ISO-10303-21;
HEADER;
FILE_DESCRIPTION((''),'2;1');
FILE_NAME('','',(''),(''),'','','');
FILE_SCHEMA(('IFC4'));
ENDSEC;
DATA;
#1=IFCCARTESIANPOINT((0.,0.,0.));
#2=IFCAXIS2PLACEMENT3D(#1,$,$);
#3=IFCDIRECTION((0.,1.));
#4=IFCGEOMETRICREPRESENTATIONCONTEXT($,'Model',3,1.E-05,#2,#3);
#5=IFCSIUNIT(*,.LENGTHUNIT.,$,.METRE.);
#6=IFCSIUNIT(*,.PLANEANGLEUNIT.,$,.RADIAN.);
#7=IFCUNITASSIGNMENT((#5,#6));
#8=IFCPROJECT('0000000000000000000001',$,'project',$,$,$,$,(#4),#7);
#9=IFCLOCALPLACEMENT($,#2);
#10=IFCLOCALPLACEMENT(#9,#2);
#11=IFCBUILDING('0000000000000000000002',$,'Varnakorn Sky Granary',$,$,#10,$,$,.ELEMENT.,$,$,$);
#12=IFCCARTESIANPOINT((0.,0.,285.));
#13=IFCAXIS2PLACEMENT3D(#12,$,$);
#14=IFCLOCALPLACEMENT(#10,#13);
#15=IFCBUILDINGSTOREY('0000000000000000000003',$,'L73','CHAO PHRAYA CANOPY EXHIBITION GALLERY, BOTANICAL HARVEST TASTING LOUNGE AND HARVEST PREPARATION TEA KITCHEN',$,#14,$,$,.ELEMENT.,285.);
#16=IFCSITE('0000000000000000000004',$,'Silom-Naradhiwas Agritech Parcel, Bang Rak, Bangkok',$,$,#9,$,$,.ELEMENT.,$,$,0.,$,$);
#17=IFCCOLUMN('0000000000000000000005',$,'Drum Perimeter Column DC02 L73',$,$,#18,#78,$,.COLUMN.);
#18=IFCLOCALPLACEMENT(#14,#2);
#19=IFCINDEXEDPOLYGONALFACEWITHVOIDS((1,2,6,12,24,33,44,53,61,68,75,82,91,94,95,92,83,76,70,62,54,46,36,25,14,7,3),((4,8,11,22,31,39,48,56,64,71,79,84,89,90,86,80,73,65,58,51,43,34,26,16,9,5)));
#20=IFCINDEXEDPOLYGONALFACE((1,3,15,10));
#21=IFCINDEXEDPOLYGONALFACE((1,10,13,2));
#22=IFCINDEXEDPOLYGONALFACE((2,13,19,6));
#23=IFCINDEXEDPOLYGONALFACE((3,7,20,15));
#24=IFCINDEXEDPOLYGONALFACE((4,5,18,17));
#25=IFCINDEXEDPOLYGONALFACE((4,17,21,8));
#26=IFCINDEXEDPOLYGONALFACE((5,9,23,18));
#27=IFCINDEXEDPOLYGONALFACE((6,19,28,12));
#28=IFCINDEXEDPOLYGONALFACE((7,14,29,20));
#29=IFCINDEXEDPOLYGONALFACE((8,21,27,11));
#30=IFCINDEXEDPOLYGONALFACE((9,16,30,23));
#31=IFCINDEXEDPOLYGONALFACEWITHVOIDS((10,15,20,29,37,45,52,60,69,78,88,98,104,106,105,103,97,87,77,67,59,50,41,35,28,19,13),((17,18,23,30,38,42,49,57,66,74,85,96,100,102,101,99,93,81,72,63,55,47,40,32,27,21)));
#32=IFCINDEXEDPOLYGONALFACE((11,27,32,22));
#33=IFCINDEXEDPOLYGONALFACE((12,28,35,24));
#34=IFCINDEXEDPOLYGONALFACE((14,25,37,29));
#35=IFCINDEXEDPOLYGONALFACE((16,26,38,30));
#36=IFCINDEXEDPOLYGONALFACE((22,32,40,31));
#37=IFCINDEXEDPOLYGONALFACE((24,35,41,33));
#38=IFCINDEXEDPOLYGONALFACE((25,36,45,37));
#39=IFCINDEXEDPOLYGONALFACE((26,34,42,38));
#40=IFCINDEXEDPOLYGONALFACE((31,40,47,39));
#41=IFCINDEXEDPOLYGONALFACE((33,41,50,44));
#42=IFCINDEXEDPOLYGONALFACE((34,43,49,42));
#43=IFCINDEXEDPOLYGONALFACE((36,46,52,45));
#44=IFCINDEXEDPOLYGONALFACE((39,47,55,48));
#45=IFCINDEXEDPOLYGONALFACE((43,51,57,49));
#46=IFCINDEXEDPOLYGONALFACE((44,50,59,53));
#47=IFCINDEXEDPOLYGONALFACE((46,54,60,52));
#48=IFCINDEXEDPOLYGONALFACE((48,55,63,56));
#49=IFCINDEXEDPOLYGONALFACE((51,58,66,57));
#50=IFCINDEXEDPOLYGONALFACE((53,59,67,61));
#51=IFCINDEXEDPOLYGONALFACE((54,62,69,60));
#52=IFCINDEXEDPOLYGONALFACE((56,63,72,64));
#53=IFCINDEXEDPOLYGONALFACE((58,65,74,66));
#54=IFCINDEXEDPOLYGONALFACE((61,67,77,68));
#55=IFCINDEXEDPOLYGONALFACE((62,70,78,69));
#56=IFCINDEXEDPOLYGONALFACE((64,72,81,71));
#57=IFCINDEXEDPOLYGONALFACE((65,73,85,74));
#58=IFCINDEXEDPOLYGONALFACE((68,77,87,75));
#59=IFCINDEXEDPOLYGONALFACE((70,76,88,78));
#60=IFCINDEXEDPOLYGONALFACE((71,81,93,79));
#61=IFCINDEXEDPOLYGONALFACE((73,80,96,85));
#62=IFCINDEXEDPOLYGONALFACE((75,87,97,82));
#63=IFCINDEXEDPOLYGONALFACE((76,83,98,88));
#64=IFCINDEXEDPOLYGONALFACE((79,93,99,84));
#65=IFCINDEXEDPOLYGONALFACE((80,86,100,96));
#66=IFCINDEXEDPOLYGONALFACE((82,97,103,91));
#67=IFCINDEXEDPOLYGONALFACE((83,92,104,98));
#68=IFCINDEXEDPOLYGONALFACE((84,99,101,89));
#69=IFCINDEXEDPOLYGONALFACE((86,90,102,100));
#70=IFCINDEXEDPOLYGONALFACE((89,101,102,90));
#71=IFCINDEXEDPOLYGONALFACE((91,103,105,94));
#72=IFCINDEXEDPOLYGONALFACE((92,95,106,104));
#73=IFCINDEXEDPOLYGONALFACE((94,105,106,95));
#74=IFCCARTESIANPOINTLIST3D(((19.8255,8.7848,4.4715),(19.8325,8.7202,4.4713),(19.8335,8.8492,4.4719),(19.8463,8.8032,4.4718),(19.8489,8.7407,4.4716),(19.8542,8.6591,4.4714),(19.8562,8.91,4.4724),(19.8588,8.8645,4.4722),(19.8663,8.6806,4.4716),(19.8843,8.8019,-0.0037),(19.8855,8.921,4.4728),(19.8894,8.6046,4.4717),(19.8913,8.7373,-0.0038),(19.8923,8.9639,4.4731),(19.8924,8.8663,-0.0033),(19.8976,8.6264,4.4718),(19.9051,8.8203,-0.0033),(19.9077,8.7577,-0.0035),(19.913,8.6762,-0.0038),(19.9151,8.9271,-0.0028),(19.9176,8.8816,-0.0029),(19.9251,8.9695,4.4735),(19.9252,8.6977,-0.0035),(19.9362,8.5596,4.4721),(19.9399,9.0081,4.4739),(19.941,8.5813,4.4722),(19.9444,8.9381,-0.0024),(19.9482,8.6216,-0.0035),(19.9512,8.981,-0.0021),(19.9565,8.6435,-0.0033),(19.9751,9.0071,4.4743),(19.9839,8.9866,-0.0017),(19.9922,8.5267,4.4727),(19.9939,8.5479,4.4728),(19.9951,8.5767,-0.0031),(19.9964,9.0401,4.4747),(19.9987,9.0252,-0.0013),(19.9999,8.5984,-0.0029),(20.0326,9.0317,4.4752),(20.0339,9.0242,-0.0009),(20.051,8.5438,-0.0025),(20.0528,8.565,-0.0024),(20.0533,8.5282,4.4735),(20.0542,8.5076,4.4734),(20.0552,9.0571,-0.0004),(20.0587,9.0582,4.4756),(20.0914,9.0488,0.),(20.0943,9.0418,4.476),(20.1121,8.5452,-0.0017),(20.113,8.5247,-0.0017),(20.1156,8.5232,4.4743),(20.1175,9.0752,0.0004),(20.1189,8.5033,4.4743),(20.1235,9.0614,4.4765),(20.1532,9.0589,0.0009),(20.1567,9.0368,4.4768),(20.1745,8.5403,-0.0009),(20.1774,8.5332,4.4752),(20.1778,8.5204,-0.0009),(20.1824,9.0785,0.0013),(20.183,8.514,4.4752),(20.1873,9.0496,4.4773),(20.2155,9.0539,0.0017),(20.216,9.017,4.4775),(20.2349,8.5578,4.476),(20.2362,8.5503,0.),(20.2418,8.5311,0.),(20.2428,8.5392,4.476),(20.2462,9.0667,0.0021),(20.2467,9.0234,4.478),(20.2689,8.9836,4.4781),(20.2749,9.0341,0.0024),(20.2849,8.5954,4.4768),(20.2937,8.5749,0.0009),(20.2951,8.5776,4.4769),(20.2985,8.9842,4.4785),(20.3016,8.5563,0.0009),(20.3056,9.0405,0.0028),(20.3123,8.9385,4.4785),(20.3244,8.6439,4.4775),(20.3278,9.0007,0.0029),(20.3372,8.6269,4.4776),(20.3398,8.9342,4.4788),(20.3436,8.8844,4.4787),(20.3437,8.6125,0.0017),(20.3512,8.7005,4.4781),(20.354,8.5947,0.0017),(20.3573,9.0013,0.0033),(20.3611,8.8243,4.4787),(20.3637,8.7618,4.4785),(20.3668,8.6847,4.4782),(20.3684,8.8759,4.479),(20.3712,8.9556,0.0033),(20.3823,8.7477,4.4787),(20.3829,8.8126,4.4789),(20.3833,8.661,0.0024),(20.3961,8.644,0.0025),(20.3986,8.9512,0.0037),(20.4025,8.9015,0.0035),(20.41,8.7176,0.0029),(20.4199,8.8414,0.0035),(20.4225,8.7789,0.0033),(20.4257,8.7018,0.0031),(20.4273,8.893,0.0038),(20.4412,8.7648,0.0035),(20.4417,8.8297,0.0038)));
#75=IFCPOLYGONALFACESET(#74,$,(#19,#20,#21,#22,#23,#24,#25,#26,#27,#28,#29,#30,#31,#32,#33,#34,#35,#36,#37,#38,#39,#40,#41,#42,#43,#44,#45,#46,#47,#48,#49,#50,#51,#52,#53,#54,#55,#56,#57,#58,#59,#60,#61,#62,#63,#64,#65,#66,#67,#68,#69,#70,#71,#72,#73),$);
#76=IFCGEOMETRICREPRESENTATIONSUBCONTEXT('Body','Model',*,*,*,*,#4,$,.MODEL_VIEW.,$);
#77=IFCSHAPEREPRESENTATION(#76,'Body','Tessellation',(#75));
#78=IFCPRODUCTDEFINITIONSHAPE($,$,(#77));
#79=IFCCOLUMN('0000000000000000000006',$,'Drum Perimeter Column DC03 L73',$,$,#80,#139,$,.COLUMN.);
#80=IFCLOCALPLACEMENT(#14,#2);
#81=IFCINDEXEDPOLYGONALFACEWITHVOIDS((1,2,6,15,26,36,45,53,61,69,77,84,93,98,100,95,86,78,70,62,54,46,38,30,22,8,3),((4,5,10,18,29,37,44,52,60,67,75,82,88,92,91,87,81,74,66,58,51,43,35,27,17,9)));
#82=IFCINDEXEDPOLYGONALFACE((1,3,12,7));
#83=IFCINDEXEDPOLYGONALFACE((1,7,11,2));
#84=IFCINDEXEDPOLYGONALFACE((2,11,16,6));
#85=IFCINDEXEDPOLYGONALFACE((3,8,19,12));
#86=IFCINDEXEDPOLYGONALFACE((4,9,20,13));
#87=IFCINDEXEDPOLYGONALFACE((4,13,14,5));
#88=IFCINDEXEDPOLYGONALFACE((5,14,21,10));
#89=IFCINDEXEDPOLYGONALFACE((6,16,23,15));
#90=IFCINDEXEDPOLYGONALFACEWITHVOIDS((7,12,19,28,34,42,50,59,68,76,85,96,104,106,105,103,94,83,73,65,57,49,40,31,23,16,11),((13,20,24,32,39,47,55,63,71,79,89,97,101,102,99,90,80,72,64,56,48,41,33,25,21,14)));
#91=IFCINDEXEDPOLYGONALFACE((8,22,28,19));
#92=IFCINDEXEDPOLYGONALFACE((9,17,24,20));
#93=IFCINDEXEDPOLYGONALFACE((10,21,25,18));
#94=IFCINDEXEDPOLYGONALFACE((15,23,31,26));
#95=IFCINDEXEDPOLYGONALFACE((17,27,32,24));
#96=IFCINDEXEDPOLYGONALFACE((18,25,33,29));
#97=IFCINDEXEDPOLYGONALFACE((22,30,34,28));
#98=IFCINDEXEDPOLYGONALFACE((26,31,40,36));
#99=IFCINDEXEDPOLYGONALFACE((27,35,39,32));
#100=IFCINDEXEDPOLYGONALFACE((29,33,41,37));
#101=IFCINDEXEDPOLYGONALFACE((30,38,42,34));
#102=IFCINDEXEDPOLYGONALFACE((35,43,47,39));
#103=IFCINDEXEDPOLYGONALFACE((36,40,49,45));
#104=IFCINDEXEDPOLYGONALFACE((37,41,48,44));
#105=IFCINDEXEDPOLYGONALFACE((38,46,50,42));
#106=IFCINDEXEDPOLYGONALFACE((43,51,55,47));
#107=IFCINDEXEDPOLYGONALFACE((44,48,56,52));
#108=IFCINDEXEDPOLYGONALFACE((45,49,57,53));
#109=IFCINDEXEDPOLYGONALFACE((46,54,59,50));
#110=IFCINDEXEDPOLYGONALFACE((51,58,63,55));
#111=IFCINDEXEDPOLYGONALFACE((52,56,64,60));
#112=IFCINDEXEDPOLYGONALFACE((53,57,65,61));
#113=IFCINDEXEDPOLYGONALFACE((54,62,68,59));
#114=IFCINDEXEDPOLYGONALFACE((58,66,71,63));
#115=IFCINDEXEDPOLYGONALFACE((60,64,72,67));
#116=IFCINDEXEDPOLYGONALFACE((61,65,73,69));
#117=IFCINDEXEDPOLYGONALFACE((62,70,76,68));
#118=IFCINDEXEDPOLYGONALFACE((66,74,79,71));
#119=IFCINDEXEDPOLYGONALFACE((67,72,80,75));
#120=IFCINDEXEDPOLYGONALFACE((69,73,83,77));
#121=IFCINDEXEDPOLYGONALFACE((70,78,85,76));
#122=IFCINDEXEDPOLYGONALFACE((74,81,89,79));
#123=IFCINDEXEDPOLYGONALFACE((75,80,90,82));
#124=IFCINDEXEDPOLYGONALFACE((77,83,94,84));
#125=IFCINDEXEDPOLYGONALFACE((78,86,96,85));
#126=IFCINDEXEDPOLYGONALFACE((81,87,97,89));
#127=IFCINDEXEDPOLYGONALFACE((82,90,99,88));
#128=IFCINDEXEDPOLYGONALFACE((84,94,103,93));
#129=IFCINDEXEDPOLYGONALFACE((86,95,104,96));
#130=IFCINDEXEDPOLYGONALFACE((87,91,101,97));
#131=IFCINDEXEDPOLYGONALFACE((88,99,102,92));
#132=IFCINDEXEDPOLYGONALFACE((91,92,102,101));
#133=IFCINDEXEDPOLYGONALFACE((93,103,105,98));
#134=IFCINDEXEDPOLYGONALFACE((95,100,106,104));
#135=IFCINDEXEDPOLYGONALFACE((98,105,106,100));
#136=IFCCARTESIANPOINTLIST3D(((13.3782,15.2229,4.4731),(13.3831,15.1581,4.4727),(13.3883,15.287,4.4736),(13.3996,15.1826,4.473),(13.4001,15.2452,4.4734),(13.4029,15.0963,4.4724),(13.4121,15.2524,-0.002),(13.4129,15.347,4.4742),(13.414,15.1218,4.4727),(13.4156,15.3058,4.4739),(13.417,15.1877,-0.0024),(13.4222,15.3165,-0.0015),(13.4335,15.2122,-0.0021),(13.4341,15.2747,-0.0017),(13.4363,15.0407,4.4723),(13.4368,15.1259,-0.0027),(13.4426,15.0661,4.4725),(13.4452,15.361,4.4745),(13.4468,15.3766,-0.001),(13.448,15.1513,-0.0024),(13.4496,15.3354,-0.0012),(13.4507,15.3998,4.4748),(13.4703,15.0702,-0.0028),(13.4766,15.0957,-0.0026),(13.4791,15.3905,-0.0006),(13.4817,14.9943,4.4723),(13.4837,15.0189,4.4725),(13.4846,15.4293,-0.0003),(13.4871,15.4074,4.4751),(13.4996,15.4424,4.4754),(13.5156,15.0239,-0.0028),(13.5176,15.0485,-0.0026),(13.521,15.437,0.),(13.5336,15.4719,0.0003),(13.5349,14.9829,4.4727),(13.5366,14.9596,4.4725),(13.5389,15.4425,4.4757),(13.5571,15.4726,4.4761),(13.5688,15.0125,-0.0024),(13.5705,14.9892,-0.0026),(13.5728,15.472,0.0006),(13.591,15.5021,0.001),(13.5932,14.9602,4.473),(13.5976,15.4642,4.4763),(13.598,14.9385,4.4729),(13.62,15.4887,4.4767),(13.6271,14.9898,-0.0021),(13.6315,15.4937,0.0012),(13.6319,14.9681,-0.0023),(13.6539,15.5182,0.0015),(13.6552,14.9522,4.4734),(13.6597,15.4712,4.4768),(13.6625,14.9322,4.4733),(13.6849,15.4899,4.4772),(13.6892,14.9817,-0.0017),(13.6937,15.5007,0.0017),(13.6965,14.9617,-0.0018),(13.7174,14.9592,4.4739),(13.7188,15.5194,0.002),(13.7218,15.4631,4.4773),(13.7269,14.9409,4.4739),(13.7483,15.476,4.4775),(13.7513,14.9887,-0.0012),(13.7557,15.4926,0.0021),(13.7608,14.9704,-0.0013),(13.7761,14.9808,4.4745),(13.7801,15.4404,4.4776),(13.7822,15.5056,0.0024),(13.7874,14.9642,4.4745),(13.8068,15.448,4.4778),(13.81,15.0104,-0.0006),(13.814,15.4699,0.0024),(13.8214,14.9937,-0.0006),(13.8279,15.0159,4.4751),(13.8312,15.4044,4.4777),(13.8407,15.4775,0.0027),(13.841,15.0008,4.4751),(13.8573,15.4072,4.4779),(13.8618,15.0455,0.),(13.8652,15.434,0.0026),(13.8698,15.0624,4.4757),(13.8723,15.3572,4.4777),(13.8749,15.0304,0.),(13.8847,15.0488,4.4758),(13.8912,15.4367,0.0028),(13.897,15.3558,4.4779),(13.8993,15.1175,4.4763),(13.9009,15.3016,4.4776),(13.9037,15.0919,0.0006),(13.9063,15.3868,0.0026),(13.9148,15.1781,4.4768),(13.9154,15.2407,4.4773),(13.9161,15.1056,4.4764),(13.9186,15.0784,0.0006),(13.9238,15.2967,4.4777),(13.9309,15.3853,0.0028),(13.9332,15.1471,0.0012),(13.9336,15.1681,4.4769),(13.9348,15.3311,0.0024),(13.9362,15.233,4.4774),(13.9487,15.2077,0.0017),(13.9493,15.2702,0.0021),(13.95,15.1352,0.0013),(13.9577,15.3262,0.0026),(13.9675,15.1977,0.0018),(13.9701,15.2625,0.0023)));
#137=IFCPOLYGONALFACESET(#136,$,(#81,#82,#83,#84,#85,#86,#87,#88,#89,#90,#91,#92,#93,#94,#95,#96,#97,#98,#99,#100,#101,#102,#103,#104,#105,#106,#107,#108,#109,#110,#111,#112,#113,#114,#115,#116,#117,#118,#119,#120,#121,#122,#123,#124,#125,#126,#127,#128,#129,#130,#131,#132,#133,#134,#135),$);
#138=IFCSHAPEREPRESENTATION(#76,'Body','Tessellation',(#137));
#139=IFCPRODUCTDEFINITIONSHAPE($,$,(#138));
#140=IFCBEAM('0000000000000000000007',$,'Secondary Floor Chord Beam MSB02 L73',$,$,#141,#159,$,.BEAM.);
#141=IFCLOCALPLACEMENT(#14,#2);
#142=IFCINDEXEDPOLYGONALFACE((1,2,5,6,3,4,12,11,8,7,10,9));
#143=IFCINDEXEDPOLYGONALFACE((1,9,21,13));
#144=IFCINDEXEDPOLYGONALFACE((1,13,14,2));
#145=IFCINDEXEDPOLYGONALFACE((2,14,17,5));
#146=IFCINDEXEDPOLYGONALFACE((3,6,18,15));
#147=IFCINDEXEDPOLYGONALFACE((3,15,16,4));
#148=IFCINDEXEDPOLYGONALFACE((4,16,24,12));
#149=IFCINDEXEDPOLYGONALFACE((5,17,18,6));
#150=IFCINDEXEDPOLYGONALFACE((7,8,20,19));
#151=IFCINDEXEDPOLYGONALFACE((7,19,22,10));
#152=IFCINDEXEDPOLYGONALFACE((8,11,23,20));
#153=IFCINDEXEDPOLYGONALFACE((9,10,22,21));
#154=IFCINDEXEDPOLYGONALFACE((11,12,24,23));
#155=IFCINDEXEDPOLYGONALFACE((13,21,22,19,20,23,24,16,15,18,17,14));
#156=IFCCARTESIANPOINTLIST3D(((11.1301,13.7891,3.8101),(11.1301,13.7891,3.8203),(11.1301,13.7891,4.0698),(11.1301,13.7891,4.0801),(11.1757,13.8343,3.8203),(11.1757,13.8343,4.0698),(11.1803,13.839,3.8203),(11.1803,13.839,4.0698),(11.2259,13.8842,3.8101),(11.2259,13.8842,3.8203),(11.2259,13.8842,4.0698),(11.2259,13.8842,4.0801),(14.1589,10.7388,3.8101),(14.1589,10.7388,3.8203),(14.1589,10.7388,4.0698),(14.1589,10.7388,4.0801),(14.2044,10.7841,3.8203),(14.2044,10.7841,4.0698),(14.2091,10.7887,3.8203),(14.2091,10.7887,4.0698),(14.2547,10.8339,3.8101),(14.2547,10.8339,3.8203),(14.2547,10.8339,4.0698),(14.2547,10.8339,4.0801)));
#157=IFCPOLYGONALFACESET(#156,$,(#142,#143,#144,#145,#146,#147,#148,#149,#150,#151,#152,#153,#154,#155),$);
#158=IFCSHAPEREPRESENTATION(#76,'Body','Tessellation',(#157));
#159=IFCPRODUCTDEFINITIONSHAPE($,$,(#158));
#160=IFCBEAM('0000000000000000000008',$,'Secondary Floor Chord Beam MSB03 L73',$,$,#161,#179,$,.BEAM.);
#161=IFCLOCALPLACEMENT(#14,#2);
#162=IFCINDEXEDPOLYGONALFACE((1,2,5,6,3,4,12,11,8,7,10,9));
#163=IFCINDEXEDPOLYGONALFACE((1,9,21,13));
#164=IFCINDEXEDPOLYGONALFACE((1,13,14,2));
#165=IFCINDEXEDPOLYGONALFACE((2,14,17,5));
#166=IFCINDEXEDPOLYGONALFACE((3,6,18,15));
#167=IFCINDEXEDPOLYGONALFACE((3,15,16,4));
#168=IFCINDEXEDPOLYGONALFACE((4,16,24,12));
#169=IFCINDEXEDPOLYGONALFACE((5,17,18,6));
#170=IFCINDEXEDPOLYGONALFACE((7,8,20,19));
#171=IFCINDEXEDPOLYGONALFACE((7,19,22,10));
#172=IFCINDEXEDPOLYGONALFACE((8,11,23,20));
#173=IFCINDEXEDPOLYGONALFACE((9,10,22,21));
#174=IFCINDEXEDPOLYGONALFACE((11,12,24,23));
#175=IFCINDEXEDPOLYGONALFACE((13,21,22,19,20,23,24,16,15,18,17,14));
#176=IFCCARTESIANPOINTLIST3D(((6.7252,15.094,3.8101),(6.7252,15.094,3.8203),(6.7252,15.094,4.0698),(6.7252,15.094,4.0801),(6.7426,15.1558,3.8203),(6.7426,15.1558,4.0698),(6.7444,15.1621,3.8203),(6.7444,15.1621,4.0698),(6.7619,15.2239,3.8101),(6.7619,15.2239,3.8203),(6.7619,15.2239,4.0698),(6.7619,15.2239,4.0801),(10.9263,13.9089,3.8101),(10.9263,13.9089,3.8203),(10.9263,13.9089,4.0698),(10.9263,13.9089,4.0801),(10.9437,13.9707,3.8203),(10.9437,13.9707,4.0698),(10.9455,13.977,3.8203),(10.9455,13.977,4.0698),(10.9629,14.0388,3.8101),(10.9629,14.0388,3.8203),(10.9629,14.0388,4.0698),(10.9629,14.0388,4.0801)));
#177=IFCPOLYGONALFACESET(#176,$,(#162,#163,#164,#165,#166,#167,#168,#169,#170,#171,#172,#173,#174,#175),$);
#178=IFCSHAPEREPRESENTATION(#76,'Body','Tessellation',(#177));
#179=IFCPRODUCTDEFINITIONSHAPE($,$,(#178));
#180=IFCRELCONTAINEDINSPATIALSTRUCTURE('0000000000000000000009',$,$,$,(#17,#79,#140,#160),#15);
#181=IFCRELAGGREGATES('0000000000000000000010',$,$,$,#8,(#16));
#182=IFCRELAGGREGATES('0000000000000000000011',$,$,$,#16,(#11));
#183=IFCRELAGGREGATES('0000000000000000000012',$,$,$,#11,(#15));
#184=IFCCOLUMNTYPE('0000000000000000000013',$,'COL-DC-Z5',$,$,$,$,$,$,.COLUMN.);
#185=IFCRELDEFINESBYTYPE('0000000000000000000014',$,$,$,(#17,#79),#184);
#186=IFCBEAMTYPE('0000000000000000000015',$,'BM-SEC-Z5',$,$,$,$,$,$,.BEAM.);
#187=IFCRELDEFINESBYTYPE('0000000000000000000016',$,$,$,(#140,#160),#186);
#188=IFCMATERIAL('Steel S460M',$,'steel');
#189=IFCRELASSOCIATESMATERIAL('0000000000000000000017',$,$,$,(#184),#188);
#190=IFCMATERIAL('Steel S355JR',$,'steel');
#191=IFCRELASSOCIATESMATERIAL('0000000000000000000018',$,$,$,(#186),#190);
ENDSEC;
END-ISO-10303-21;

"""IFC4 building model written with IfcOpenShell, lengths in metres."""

from ifc_helpers import new_model, si_unit, direction, frame, origin, origin_2d, place, context, subcontext, project, spatial, hollow_circle, i_section, extrude, material, material_profile, profile_set, type_object, element, save


model = new_model("IFC4")

# Units and contexts
model_context = context("Model", 3, precision=1e-05, world=origin(), true_north=direction((0.0, 1.0)))
body_context = subcontext(model_context, "Body", "Model", "MODEL_VIEW")
ifc_project = project(units=[si_unit("LENGTHUNIT", "METRE"), si_unit("PLANEANGLEUNIT", "RADIAN")], contexts=[model_context])

# Site, building, storey
site_placement = place(None, origin())
site = spatial("IfcSite", under=ifc_project, at=site_placement, Name="Silom-Naradhiwas Agritech Parcel, Bang Rak, Bangkok", CompositionType="ELEMENT", RefElevation=0.0)
building_placement = place(site_placement, origin())
building = spatial("IfcBuilding", under=site, at=building_placement, Name="Varnakorn Sky Granary", CompositionType="ELEMENT")
storey_placement = place(building_placement, frame((0.0, 0.0, 285.0)))
storey = spatial("IfcBuildingStorey", under=building, at=storey_placement, Name="L73", Description="CHAO PHRAYA CANOPY EXHIBITION GALLERY, BOTANICAL HARVEST TASTING LOUNGE AND HARVEST PREPARATION TEA KITCHEN", CompositionType="ELEMENT", Elevation=285.0)

# Columns
ifc_material_1 = material(Name="Steel S460M", Category="steel")
ifc_material_profile_1 = material_profile(ifc_material_1, hollow_circle(Radius=0.2795, WallThickness=0.02, at=origin_2d()), Name="CHS 559x20")
ifc_profile_set_1 = profile_set([ifc_material_profile_1], Name="Steel S460M")
column_type = type_object("IfcColumnType", Name="COL-DC-Z5", PredefinedType="COLUMN", material=ifc_profile_set_1)
column_1_placement = place(storey_placement, frame((20.1638, 8.7996, 0.0), z_axis=(-0.013147, -0.003819, 0.999906), x_axis=(0.278929, -0.960312, 0.0)))
element("IfcColumn", 1, at=column_1_placement, inside=storey, type_object=column_type, Name="Drum Perimeter Column DC02 L73", PredefinedType="COLUMN", context=body_context, shape_type="SweptSolid", body=[
    extrude(hollow_circle(Radius=0.2795, WallThickness=0.02, at=origin_2d()), origin(), (0.0, 0.0, 1.0), 4.4756),
])
column_2_placement = place(storey_placement, frame((13.6914, 15.2412, 0.0), z_axis=(-0.007583, -0.006601, 0.999949), x_axis=(0.656582, -0.754255, 0.0)))
element("IfcColumn", 2, at=column_2_placement, inside=storey, type_object=column_type, Name="Drum Perimeter Column DC03 L73", PredefinedType="COLUMN", context=body_context, shape_type="SweptSolid", body=[
    extrude(hollow_circle(Radius=0.2795, WallThickness=0.02, at=origin_2d()), origin(), (0.0, 0.0, 1.0), 4.4753),
])

# Beams
ifc_material_2 = material(Name="Steel S355JR", Category="steel")
ifc_material_profile_2 = material_profile(ifc_material_2, i_section(OverallWidth=0.135, OverallDepth=0.27, WebThickness=0.0066, FlangeThickness=0.0103, at=origin_2d()), Name="IPE 270")
ifc_profile_set_2 = profile_set([ifc_material_profile_2], Name="Steel S355JR")
beam_type_1 = type_object("IfcBeamType", Name="BM-SEC-Z5", PredefinedType="BEAM", material=ifc_profile_set_2)
beam_1_placement = place(storey_placement, frame((14.2068, 10.7864, 3.9451), z_axis=(-0.704603, 0.709601, 0.0), x_axis=(-0.709601, -0.704603, 0.0)))
element("IfcBeam", 3, at=beam_1_placement, inside=storey, type_object=beam_type_1, Name="Secondary Floor Chord Beam MSB02 L73", PredefinedType="BEAM", context=body_context, shape_type="SweptSolid", body=[
    extrude(i_section(OverallWidth=0.135, OverallDepth=0.27, WebThickness=0.0066, FlangeThickness=0.0103, at=origin_2d()), origin(), (0.0, 0.0, 1.0), 4.2986),
])
beam_2_placement = place(storey_placement, frame((10.9446, 13.9739, 3.9451), z_axis=(-0.962439, 0.271499, 0.0), x_axis=(-0.271499, -0.962439, 0.0)))
element("IfcBeam", 4, at=beam_2_placement, inside=storey, type_object=beam_type_1, Name="Secondary Floor Chord Beam MSB03 L73", PredefinedType="BEAM", context=body_context, shape_type="SweptSolid", body=[
    extrude(i_section(OverallWidth=0.135, OverallDepth=0.27, WebThickness=0.0066, FlangeThickness=0.0103, at=origin_2d()), origin(), (0.0, 0.0, 1.0), 4.365),
])

save(model, "model.ifc")
